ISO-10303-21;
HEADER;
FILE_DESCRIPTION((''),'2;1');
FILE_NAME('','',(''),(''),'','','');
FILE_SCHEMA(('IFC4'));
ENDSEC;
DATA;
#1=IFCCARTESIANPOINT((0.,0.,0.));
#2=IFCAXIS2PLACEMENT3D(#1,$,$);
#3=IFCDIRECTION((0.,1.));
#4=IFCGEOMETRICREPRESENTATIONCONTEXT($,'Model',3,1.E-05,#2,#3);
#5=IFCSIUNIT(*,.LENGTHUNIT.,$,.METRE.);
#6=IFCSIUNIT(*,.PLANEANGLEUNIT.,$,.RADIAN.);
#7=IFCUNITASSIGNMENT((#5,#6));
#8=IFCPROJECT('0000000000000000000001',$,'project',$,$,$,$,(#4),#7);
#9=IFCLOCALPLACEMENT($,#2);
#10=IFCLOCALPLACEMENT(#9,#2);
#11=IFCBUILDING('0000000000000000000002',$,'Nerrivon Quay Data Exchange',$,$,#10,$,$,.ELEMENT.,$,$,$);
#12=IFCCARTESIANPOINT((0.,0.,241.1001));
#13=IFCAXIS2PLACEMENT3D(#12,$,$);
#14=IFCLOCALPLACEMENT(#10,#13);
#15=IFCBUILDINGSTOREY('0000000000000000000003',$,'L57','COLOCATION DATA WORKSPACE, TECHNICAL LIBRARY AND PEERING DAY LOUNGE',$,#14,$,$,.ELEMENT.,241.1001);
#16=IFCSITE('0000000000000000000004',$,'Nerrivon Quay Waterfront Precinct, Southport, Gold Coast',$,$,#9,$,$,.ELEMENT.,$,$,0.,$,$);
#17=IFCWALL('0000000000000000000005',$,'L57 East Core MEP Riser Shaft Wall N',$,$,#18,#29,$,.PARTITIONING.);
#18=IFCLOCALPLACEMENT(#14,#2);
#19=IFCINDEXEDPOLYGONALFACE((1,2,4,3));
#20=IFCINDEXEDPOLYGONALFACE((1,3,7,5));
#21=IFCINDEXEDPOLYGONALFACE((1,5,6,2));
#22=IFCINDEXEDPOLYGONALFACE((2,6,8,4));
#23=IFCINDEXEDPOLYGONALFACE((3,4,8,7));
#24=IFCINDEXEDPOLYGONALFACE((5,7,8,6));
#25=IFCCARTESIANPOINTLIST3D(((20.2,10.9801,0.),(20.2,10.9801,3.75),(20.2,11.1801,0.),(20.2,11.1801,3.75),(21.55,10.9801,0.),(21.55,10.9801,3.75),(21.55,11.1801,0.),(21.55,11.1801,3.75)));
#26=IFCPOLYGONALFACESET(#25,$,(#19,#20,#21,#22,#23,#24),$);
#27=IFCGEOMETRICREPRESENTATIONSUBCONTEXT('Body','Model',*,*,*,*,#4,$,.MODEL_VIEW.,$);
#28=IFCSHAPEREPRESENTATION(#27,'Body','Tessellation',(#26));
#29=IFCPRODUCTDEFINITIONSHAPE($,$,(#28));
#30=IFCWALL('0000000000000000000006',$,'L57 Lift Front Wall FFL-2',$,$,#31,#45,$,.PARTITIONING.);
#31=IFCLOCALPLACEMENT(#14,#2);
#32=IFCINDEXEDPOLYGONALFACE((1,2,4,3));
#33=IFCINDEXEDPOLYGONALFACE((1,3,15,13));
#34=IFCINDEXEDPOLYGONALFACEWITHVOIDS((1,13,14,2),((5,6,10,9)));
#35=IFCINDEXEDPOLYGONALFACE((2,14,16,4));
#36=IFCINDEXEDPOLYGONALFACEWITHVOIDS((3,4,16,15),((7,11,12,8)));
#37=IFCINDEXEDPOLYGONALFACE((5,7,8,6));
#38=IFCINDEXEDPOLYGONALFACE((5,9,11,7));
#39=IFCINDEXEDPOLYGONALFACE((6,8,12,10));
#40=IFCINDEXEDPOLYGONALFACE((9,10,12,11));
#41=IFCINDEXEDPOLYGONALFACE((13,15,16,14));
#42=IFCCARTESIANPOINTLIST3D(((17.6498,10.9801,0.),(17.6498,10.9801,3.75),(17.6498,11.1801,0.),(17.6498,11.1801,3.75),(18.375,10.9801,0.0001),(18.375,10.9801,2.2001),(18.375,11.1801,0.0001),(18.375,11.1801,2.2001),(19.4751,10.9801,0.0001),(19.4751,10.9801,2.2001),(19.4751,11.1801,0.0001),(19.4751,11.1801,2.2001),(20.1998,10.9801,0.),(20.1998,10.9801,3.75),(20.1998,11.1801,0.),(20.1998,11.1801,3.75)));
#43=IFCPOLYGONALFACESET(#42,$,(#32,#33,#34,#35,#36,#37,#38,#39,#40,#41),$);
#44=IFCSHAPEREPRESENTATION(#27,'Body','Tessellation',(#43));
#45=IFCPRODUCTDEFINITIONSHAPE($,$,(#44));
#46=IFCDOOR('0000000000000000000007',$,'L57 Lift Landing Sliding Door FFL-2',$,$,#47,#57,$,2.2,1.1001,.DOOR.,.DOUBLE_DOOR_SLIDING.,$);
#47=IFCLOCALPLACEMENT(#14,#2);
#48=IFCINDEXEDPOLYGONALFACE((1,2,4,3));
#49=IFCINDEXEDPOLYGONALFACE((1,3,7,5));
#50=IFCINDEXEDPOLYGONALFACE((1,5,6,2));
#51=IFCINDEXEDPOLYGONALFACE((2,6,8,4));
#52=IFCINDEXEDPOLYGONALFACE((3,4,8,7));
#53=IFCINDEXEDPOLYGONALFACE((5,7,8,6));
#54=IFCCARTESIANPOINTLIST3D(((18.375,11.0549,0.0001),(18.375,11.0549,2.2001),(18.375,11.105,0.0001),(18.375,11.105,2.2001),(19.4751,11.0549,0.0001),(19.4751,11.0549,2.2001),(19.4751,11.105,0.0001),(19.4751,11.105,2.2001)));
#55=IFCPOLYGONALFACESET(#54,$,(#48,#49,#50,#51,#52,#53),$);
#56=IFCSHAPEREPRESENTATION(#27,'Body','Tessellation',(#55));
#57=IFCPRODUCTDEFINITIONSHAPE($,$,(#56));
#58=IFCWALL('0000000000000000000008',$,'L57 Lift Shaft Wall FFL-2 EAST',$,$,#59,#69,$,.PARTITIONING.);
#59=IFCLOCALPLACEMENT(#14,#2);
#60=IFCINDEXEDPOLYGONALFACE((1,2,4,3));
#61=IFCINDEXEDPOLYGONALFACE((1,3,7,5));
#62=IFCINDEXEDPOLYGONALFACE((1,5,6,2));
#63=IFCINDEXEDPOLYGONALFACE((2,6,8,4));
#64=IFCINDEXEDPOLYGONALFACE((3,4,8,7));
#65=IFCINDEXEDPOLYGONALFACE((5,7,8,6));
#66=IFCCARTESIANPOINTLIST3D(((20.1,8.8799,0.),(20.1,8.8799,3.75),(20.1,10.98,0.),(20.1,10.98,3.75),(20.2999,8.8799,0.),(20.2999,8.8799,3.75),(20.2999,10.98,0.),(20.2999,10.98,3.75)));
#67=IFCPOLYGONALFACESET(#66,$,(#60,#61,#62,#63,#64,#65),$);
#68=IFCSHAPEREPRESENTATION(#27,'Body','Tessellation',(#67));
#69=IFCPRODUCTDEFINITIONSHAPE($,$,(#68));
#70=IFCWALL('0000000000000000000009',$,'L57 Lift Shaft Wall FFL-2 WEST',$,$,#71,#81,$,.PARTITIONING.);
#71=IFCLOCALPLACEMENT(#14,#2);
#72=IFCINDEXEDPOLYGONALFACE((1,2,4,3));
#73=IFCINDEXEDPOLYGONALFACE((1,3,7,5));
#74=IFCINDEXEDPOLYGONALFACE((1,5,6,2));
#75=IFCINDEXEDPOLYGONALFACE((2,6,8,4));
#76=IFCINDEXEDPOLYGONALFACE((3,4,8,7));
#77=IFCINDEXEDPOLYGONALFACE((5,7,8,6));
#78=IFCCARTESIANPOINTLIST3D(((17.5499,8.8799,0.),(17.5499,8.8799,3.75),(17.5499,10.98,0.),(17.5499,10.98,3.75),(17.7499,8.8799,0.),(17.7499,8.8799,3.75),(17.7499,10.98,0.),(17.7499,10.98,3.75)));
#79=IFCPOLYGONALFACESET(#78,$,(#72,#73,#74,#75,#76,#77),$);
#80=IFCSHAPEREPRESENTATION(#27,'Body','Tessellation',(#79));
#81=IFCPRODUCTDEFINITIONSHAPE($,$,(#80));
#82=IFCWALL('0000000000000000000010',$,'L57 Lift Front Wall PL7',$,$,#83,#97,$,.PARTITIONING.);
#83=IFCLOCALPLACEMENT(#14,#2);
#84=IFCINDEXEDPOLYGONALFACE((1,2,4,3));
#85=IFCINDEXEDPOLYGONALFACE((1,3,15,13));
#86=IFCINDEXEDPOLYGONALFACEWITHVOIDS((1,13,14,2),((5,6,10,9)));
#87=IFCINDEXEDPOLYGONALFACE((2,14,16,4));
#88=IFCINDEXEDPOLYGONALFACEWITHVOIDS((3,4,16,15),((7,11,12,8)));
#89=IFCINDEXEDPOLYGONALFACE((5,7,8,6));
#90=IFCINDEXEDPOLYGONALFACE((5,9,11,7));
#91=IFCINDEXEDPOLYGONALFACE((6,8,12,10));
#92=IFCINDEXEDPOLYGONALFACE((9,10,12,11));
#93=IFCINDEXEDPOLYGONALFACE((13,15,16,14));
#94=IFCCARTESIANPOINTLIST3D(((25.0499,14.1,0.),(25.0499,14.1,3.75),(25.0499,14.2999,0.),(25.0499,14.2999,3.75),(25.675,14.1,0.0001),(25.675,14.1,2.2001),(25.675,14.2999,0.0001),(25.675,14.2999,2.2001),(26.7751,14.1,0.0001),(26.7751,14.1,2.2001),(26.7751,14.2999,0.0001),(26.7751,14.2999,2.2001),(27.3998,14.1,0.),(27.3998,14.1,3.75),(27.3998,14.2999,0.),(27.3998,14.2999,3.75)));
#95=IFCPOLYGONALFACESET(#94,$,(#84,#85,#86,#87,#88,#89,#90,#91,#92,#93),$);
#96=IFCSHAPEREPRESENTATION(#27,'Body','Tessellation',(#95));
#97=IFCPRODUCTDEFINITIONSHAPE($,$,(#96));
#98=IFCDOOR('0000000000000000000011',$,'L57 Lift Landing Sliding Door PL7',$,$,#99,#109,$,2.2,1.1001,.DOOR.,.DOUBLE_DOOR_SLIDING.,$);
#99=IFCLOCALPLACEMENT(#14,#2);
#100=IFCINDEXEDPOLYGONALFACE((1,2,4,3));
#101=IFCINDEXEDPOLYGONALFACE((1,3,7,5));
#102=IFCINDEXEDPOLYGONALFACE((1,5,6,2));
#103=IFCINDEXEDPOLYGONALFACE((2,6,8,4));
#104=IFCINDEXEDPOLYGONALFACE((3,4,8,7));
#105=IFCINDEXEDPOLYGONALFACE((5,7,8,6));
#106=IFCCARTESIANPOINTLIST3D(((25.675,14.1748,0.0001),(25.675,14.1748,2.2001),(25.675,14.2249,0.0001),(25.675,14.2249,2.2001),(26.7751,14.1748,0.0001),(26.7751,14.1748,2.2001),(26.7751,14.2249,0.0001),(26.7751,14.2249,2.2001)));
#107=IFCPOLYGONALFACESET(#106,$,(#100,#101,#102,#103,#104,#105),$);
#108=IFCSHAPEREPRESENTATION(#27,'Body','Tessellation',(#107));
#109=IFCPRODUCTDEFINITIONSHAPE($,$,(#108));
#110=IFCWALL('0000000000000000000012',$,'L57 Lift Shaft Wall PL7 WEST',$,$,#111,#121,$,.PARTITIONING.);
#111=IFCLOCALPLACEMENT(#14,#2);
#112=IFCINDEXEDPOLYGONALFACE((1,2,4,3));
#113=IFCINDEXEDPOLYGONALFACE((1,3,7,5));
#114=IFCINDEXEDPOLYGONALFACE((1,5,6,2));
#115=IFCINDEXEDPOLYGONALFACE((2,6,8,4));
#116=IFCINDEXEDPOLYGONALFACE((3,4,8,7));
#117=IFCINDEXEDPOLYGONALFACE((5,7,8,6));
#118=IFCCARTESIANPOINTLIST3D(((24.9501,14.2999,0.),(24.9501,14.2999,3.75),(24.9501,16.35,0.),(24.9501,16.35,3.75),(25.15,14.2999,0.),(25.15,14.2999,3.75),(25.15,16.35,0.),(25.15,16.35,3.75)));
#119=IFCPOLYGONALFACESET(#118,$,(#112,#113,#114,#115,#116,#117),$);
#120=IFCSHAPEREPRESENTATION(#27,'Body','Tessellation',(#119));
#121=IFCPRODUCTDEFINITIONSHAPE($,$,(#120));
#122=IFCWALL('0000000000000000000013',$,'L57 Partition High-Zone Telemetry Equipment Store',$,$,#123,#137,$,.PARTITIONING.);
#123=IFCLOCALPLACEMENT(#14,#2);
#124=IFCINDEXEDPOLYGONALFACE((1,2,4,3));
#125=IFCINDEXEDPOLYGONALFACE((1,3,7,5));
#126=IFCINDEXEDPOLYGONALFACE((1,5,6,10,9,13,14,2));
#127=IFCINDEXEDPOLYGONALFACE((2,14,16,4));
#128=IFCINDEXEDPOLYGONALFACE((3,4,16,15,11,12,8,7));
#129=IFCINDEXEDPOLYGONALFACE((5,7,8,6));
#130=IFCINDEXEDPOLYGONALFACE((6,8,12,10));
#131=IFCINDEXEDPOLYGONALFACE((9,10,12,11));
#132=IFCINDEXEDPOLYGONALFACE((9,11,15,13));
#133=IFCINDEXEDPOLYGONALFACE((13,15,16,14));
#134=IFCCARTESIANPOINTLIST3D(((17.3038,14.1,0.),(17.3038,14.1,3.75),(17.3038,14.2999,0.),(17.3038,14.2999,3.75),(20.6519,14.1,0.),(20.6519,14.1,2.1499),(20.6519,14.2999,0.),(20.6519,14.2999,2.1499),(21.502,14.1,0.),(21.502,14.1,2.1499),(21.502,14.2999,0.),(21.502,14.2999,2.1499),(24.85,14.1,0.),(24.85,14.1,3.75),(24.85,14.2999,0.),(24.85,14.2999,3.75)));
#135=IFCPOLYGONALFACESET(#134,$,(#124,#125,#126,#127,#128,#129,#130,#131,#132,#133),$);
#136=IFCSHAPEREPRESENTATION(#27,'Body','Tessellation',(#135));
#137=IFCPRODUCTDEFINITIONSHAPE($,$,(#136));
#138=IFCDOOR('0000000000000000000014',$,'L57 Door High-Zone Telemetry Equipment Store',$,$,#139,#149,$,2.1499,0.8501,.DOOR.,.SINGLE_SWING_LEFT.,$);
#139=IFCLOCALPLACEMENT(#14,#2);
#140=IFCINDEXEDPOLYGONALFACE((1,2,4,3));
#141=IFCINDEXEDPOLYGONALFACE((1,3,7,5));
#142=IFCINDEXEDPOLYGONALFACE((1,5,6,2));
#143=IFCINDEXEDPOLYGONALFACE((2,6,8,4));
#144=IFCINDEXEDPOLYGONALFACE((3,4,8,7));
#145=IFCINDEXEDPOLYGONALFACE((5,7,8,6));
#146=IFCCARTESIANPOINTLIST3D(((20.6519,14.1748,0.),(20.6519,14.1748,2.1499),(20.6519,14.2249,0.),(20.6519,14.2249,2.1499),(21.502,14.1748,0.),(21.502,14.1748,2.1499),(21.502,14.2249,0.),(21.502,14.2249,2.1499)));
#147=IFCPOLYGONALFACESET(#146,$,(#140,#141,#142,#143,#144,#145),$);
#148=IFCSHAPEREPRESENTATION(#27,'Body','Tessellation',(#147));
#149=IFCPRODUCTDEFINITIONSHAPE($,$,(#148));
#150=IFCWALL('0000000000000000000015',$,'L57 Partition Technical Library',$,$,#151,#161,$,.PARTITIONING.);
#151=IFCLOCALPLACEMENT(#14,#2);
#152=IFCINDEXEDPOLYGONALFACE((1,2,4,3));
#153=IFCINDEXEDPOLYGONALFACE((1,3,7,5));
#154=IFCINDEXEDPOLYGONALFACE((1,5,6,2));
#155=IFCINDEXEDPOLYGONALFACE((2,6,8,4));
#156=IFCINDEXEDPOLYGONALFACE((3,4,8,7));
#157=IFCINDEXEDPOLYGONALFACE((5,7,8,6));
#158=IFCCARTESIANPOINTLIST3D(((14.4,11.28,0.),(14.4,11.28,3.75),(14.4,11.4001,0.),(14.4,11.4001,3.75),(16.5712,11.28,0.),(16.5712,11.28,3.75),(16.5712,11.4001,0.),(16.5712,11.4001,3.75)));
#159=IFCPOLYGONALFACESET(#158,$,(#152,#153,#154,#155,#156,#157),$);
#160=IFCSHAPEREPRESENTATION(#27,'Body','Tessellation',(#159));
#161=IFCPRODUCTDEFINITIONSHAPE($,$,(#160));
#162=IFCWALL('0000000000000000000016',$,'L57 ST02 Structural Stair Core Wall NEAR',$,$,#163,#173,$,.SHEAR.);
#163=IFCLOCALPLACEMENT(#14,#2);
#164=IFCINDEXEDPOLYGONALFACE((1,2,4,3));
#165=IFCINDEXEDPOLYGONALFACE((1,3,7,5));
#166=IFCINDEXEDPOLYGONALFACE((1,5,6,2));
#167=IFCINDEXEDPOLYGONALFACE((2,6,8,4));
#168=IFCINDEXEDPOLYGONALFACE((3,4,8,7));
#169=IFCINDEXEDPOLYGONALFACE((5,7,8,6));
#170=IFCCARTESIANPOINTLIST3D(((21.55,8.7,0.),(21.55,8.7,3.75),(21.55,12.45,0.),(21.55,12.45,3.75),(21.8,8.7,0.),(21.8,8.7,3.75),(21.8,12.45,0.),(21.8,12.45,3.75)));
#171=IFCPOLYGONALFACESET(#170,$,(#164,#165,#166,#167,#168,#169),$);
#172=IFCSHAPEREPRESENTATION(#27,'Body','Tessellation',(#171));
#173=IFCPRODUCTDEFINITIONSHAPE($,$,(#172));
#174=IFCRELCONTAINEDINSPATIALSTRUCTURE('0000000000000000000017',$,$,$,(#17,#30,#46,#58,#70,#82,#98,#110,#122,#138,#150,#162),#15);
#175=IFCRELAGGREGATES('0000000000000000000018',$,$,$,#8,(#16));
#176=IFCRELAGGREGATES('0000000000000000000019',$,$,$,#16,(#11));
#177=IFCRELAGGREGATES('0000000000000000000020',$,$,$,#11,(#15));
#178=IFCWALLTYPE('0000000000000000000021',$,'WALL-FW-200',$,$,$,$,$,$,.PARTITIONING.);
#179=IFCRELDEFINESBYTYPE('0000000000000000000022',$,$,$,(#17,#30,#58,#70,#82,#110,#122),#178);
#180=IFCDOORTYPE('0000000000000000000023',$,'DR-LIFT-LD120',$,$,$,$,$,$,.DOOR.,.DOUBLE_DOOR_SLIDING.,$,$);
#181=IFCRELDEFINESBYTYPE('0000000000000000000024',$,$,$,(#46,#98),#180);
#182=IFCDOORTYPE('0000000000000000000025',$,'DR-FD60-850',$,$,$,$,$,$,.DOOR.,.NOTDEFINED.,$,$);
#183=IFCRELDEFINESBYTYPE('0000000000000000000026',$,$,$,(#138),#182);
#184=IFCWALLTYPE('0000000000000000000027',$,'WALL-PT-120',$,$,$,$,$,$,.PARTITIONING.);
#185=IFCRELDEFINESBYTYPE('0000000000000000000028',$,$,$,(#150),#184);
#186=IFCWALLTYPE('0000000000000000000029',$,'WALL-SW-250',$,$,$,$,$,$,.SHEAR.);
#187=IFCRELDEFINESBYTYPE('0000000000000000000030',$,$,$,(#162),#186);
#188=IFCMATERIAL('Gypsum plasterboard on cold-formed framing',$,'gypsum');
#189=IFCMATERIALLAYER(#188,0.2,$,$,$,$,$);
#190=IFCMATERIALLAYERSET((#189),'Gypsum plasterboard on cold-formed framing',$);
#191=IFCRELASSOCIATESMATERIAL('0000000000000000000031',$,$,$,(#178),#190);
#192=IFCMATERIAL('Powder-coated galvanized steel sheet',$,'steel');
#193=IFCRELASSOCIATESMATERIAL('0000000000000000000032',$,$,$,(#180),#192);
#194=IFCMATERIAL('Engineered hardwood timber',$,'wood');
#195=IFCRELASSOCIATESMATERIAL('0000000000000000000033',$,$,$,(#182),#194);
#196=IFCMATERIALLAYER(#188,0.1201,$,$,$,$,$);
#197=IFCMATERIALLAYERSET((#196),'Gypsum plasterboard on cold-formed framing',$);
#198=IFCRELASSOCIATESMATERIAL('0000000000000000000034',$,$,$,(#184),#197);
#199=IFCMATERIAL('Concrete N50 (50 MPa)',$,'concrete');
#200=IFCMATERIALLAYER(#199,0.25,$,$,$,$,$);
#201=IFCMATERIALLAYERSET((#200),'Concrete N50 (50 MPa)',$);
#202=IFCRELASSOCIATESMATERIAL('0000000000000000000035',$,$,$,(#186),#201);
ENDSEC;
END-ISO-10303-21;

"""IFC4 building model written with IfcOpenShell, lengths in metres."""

from ifc_helpers import new_model, si_unit, direction, frame, frame_2d, origin, place, context, subcontext, project, spatial, rectangle, extrude, material, layer, layer_set, type_object, element, fill, save


model = new_model("IFC4")

# Units and contexts
model_context = context("Model", 3, precision=1e-05, world=origin(), true_north=direction((0.0, 1.0)))
body_context = subcontext(model_context, "Body", "Model", "MODEL_VIEW")
ifc_project = project(units=[si_unit("LENGTHUNIT", "METRE"), si_unit("PLANEANGLEUNIT", "RADIAN")], contexts=[model_context])

# Site, building, storey
site_placement = place(None, origin())
site = spatial("IfcSite", under=ifc_project, at=site_placement, Name="Nerrivon Quay Waterfront Precinct, Southport, Gold Coast", CompositionType="ELEMENT", RefElevation=0.0)
building_placement = place(site_placement, origin())
building = spatial("IfcBuilding", under=site, at=building_placement, Name="Nerrivon Quay Data Exchange", CompositionType="ELEMENT")
storey_placement = place(building_placement, frame((0.0, 0.0, 241.1001)))
storey = spatial("IfcBuildingStorey", under=building, at=storey_placement, Name="L57", Description="COLOCATION DATA WORKSPACE, TECHNICAL LIBRARY AND PEERING DAY LOUNGE", CompositionType="ELEMENT", Elevation=241.1001)

# Shared definitions
ifc_material_1 = material(Name="Concrete N50 (50 MPa)", Category="concrete")

# Shared definitions
ifc_material_2 = material(Name="Powder-coated galvanized steel sheet", Category="steel")

# Wall
ifc_material_3 = material(Name="Gypsum plasterboard on cold-formed framing", Category="gypsum")
ifc_layer_1 = layer(ifc_material_3, 0.2)
ifc_layer_set_1 = layer_set([ifc_layer_1], Name="Gypsum plasterboard on cold-formed framing")
wall_type_1 = type_object("IfcWallType", Name="WALL-FW-200", PredefinedType="PARTITIONING", material=ifc_layer_set_1)
wall_1_placement = place(storey_placement, frame((20.2, 11.0801, 0.0), z_axis=(0.0, 0.0, 1.0), x_axis=(1.0, 0.0, 0.0)))
element("IfcWall", 1, at=wall_1_placement, inside=storey, type_object=wall_type_1, Name="L57 East Core MEP Riser Shaft Wall N", PredefinedType="PARTITIONING", context=body_context, shape_type="SweptSolid", body=[
    extrude(rectangle(XDim=1.3501, YDim=0.2, at=frame_2d((0.675, 0.0))), origin(), (0.0, 0.0, 1.0), 3.75),
])

# Wall, opening, door
wall_2_placement = place(storey_placement, frame((17.6499, 11.0801, 0.0), z_axis=(0.0, 0.0, 1.0), x_axis=(1.0, 0.0, 0.0)))
wall_2 = element("IfcWall", 2, at=wall_2_placement, inside=storey, type_object=wall_type_1, Name="L57 Lift Front Wall FFL-2", PredefinedType="PARTITIONING", context=body_context, shape_type="SweptSolid", body=[
    extrude(rectangle(XDim=2.55, YDim=0.2, at=frame_2d((1.2749, 0.0))), origin(), (0.0, 0.0, 1.0), 3.75),
])
opening_1_placement = place(wall_2_placement, frame((0.7251, 0.0, 0.0)))
opening_1 = element("IfcOpeningElement", 3, at=opening_1_placement, cuts=wall_2, PredefinedType="OPENING", context=body_context, shape_type="SweptSolid", body=[
    extrude(rectangle(XDim=1.1001, YDim=2.2, at=frame_2d((0.55, 1.1001))), frame((0.0, 0.1099, 0.0), z_axis=(0.0, -1.0, 0.0), x_axis=(1.0, 0.0, 0.0)), (0.0, 0.0, 1.0), 0.22),
])
door_type_1 = type_object("IfcDoorType", Name="DR-LIFT-LD120", OperationType="DOUBLE_DOOR_SLIDING", PredefinedType="DOOR", material=ifc_material_2)
door_1_placement = place(opening_1_placement, origin())
door_1 = element("IfcDoor", 4, at=door_1_placement, inside=storey, type_object=door_type_1, Name="L57 Lift Landing Sliding Door FFL-2", OperationType="DOUBLE_DOOR_SLIDING", OverallHeight=2.2, OverallWidth=1.1001, PredefinedType="DOOR", context=body_context, shape_type="SweptSolid", body=[
    extrude(rectangle(XDim=1.1001, YDim=2.2, at=frame_2d((0.55, 1.1001))), frame((0.0, 0.0249, 0.0), z_axis=(0.0, -1.0, 0.0), x_axis=(1.0, 0.0, 0.0)), (0.0, 0.0, 1.0), 0.05),
])
fill(opening_1, door_1)

# Walls
for number, where, z_axis, x_axis, name in (
    (5, (20.2, 8.8799, 0.0), (0.0, 0.0, 1.0), (0.0, 1.0, 0.0), "L57 Lift Shaft Wall FFL-2 EAST"),
    (6, (17.6499, 8.8799, 0.0), (0.0, 0.0, 1.0), (0.0, 1.0, 0.0), "L57 Lift Shaft Wall FFL-2 WEST"),
):
    element("IfcWall", number, at=place(storey_placement, frame(where, z_axis=z_axis, x_axis=x_axis)), inside=storey, type_object=wall_type_1, Name=name, PredefinedType="PARTITIONING", context=body_context, shape_type="SweptSolid", body=[
        extrude(rectangle(XDim=2.1001, YDim=0.2, at=frame_2d((1.05, 0.0))), origin(), (0.0, 0.0, 1.0), 3.75),
    ])

# Wall, opening, door
wall_3_placement = place(storey_placement, frame((25.05, 14.2, 0.0), z_axis=(0.0, 0.0, 1.0), x_axis=(1.0, 0.0, 0.0)))
wall_3 = element("IfcWall", 7, at=wall_3_placement, inside=storey, type_object=wall_type_1, Name="L57 Lift Front Wall PL7", PredefinedType="PARTITIONING", context=body_context, shape_type="SweptSolid", body=[
    extrude(rectangle(XDim=2.3499, YDim=0.2, at=frame_2d((1.1748, 0.0))), origin(), (0.0, 0.0, 1.0), 3.75),
])
opening_2_placement = place(wall_3_placement, frame((0.625, 0.0, 0.0)))
opening_2 = element("IfcOpeningElement", 8, at=opening_2_placement, cuts=wall_3, PredefinedType="OPENING", context=body_context, shape_type="SweptSolid", body=[
    extrude(rectangle(XDim=1.1001, YDim=2.2, at=frame_2d((0.55, 1.1001))), frame((0.0, 0.1099, 0.0), z_axis=(0.0, -1.0, 0.0), x_axis=(1.0, 0.0, 0.0)), (0.0, 0.0, 1.0), 0.22),
])
door_2_placement = place(opening_2_placement, origin())
door_2 = element("IfcDoor", 9, at=door_2_placement, inside=storey, type_object=door_type_1, Name="L57 Lift Landing Sliding Door PL7", OperationType="DOUBLE_DOOR_SLIDING", OverallHeight=2.2, OverallWidth=1.1001, PredefinedType="DOOR", context=body_context, shape_type="SweptSolid", body=[
    extrude(rectangle(XDim=1.1001, YDim=2.2, at=frame_2d((0.55, 1.1001))), frame((0.0, 0.0249, 0.0), z_axis=(0.0, -1.0, 0.0), x_axis=(1.0, 0.0, 0.0)), (0.0, 0.0, 1.0), 0.05),
])
fill(opening_2, door_2)

# Wall
wall_4_placement = place(storey_placement, frame((25.05, 14.3, 0.0), z_axis=(0.0, 0.0, 1.0), x_axis=(0.0, 1.0, 0.0)))
element("IfcWall", 10, at=wall_4_placement, inside=storey, type_object=wall_type_1, Name="L57 Lift Shaft Wall PL7 WEST", PredefinedType="PARTITIONING", context=body_context, shape_type="SweptSolid", body=[
    extrude(rectangle(XDim=2.05, YDim=0.2, at=frame_2d((1.0249, 0.0))), origin(), (0.0, 0.0, 1.0), 3.75),
])

# Wall, opening, door
wall_5_placement = place(storey_placement, frame((17.304, 14.2, 0.0), z_axis=(0.0, 0.0, 1.0), x_axis=(1.0, 0.0, 0.0)))
wall_5 = element("IfcWall", 11, at=wall_5_placement, inside=storey, type_object=wall_type_1, Name="L57 Partition High-Zone Telemetry Equipment Store", PredefinedType="PARTITIONING", context=body_context, shape_type="SweptSolid", body=[
    extrude(rectangle(XDim=7.5461, YDim=0.2, at=frame_2d((3.7729, 0.0))), origin(), (0.0, 0.0, 1.0), 3.75),
])
opening_3_placement = place(wall_5_placement, frame((3.3479, 0.0, 0.0)))
opening_3 = element("IfcOpeningElement", 12, at=opening_3_placement, cuts=wall_5, PredefinedType="OPENING", context=body_context, shape_type="SweptSolid", body=[
    extrude(rectangle(XDim=0.8501, YDim=2.1499, at=frame_2d((0.425, 1.075))), frame((0.0, 0.1099, 0.0), z_axis=(0.0, -1.0, 0.0), x_axis=(1.0, 0.0, 0.0)), (0.0, 0.0, 1.0), 0.22),
])
ifc_material_4 = material(Name="Engineered hardwood timber", Category="wood")
door_type_2 = type_object("IfcDoorType", Name="DR-FD60-850", OperationType="NOTDEFINED", PredefinedType="DOOR", material=ifc_material_4)
door_3_placement = place(opening_3_placement, origin())
door_3 = element("IfcDoor", 13, at=door_3_placement, inside=storey, type_object=door_type_2, Name="L57 Door High-Zone Telemetry Equipment Store", OperationType="SINGLE_SWING_LEFT", OverallHeight=2.1499, OverallWidth=0.8501, PredefinedType="DOOR", context=body_context, shape_type="SweptSolid", body=[
    extrude(rectangle(XDim=0.8501, YDim=2.1499, at=frame_2d((0.425, 1.075))), frame((0.0, 0.0249, 0.0), z_axis=(0.0, -1.0, 0.0), x_axis=(1.0, 0.0, 0.0)), (0.0, 0.0, 1.0), 0.05),
])
fill(opening_3, door_3)

# Walls
ifc_layer_2 = layer(ifc_material_3, 0.1201)
ifc_layer_set_2 = layer_set([ifc_layer_2], Name="Gypsum plasterboard on cold-formed framing")
wall_type_2 = type_object("IfcWallType", Name="WALL-PT-120", PredefinedType="PARTITIONING", material=ifc_layer_set_2)
wall_6_placement = place(storey_placement, frame((16.571, 11.3401, 0.0), z_axis=(0.0, 0.0, 1.0), x_axis=(-1.0, 0.0, 0.0)))
element("IfcWall", 14, at=wall_6_placement, inside=storey, type_object=wall_type_2, Name="L57 Partition Technical Library", PredefinedType="PARTITIONING", context=body_context, shape_type="SweptSolid", body=[
    extrude(rectangle(XDim=2.1711, YDim=0.1201, at=frame_2d((1.0854, 0.0))), origin(), (0.0, 0.0, 1.0), 3.75),
])
ifc_layer_3 = layer(ifc_material_1, 0.25)
ifc_layer_set_3 = layer_set([ifc_layer_3], Name="Concrete N50 (50 MPa)")
wall_type_3 = type_object("IfcWallType", Name="WALL-SW-250", PredefinedType="SHEAR", material=ifc_layer_set_3)
wall_7_placement = place(storey_placement, frame((21.675, 8.7, 0.0), z_axis=(0.0, 0.0, 1.0), x_axis=(0.0, 1.0, 0.0)))
element("IfcWall", 15, at=wall_7_placement, inside=storey, type_object=wall_type_3, Name="L57 ST02 Structural Stair Core Wall NEAR", PredefinedType="SHEAR", context=body_context, shape_type="SweptSolid", body=[
    extrude(rectangle(XDim=3.75, YDim=0.25, at=frame_2d((1.875, 0.0))), origin(), (0.0, 0.0, 1.0), 3.75),
])

save(model, "model.ifc")
